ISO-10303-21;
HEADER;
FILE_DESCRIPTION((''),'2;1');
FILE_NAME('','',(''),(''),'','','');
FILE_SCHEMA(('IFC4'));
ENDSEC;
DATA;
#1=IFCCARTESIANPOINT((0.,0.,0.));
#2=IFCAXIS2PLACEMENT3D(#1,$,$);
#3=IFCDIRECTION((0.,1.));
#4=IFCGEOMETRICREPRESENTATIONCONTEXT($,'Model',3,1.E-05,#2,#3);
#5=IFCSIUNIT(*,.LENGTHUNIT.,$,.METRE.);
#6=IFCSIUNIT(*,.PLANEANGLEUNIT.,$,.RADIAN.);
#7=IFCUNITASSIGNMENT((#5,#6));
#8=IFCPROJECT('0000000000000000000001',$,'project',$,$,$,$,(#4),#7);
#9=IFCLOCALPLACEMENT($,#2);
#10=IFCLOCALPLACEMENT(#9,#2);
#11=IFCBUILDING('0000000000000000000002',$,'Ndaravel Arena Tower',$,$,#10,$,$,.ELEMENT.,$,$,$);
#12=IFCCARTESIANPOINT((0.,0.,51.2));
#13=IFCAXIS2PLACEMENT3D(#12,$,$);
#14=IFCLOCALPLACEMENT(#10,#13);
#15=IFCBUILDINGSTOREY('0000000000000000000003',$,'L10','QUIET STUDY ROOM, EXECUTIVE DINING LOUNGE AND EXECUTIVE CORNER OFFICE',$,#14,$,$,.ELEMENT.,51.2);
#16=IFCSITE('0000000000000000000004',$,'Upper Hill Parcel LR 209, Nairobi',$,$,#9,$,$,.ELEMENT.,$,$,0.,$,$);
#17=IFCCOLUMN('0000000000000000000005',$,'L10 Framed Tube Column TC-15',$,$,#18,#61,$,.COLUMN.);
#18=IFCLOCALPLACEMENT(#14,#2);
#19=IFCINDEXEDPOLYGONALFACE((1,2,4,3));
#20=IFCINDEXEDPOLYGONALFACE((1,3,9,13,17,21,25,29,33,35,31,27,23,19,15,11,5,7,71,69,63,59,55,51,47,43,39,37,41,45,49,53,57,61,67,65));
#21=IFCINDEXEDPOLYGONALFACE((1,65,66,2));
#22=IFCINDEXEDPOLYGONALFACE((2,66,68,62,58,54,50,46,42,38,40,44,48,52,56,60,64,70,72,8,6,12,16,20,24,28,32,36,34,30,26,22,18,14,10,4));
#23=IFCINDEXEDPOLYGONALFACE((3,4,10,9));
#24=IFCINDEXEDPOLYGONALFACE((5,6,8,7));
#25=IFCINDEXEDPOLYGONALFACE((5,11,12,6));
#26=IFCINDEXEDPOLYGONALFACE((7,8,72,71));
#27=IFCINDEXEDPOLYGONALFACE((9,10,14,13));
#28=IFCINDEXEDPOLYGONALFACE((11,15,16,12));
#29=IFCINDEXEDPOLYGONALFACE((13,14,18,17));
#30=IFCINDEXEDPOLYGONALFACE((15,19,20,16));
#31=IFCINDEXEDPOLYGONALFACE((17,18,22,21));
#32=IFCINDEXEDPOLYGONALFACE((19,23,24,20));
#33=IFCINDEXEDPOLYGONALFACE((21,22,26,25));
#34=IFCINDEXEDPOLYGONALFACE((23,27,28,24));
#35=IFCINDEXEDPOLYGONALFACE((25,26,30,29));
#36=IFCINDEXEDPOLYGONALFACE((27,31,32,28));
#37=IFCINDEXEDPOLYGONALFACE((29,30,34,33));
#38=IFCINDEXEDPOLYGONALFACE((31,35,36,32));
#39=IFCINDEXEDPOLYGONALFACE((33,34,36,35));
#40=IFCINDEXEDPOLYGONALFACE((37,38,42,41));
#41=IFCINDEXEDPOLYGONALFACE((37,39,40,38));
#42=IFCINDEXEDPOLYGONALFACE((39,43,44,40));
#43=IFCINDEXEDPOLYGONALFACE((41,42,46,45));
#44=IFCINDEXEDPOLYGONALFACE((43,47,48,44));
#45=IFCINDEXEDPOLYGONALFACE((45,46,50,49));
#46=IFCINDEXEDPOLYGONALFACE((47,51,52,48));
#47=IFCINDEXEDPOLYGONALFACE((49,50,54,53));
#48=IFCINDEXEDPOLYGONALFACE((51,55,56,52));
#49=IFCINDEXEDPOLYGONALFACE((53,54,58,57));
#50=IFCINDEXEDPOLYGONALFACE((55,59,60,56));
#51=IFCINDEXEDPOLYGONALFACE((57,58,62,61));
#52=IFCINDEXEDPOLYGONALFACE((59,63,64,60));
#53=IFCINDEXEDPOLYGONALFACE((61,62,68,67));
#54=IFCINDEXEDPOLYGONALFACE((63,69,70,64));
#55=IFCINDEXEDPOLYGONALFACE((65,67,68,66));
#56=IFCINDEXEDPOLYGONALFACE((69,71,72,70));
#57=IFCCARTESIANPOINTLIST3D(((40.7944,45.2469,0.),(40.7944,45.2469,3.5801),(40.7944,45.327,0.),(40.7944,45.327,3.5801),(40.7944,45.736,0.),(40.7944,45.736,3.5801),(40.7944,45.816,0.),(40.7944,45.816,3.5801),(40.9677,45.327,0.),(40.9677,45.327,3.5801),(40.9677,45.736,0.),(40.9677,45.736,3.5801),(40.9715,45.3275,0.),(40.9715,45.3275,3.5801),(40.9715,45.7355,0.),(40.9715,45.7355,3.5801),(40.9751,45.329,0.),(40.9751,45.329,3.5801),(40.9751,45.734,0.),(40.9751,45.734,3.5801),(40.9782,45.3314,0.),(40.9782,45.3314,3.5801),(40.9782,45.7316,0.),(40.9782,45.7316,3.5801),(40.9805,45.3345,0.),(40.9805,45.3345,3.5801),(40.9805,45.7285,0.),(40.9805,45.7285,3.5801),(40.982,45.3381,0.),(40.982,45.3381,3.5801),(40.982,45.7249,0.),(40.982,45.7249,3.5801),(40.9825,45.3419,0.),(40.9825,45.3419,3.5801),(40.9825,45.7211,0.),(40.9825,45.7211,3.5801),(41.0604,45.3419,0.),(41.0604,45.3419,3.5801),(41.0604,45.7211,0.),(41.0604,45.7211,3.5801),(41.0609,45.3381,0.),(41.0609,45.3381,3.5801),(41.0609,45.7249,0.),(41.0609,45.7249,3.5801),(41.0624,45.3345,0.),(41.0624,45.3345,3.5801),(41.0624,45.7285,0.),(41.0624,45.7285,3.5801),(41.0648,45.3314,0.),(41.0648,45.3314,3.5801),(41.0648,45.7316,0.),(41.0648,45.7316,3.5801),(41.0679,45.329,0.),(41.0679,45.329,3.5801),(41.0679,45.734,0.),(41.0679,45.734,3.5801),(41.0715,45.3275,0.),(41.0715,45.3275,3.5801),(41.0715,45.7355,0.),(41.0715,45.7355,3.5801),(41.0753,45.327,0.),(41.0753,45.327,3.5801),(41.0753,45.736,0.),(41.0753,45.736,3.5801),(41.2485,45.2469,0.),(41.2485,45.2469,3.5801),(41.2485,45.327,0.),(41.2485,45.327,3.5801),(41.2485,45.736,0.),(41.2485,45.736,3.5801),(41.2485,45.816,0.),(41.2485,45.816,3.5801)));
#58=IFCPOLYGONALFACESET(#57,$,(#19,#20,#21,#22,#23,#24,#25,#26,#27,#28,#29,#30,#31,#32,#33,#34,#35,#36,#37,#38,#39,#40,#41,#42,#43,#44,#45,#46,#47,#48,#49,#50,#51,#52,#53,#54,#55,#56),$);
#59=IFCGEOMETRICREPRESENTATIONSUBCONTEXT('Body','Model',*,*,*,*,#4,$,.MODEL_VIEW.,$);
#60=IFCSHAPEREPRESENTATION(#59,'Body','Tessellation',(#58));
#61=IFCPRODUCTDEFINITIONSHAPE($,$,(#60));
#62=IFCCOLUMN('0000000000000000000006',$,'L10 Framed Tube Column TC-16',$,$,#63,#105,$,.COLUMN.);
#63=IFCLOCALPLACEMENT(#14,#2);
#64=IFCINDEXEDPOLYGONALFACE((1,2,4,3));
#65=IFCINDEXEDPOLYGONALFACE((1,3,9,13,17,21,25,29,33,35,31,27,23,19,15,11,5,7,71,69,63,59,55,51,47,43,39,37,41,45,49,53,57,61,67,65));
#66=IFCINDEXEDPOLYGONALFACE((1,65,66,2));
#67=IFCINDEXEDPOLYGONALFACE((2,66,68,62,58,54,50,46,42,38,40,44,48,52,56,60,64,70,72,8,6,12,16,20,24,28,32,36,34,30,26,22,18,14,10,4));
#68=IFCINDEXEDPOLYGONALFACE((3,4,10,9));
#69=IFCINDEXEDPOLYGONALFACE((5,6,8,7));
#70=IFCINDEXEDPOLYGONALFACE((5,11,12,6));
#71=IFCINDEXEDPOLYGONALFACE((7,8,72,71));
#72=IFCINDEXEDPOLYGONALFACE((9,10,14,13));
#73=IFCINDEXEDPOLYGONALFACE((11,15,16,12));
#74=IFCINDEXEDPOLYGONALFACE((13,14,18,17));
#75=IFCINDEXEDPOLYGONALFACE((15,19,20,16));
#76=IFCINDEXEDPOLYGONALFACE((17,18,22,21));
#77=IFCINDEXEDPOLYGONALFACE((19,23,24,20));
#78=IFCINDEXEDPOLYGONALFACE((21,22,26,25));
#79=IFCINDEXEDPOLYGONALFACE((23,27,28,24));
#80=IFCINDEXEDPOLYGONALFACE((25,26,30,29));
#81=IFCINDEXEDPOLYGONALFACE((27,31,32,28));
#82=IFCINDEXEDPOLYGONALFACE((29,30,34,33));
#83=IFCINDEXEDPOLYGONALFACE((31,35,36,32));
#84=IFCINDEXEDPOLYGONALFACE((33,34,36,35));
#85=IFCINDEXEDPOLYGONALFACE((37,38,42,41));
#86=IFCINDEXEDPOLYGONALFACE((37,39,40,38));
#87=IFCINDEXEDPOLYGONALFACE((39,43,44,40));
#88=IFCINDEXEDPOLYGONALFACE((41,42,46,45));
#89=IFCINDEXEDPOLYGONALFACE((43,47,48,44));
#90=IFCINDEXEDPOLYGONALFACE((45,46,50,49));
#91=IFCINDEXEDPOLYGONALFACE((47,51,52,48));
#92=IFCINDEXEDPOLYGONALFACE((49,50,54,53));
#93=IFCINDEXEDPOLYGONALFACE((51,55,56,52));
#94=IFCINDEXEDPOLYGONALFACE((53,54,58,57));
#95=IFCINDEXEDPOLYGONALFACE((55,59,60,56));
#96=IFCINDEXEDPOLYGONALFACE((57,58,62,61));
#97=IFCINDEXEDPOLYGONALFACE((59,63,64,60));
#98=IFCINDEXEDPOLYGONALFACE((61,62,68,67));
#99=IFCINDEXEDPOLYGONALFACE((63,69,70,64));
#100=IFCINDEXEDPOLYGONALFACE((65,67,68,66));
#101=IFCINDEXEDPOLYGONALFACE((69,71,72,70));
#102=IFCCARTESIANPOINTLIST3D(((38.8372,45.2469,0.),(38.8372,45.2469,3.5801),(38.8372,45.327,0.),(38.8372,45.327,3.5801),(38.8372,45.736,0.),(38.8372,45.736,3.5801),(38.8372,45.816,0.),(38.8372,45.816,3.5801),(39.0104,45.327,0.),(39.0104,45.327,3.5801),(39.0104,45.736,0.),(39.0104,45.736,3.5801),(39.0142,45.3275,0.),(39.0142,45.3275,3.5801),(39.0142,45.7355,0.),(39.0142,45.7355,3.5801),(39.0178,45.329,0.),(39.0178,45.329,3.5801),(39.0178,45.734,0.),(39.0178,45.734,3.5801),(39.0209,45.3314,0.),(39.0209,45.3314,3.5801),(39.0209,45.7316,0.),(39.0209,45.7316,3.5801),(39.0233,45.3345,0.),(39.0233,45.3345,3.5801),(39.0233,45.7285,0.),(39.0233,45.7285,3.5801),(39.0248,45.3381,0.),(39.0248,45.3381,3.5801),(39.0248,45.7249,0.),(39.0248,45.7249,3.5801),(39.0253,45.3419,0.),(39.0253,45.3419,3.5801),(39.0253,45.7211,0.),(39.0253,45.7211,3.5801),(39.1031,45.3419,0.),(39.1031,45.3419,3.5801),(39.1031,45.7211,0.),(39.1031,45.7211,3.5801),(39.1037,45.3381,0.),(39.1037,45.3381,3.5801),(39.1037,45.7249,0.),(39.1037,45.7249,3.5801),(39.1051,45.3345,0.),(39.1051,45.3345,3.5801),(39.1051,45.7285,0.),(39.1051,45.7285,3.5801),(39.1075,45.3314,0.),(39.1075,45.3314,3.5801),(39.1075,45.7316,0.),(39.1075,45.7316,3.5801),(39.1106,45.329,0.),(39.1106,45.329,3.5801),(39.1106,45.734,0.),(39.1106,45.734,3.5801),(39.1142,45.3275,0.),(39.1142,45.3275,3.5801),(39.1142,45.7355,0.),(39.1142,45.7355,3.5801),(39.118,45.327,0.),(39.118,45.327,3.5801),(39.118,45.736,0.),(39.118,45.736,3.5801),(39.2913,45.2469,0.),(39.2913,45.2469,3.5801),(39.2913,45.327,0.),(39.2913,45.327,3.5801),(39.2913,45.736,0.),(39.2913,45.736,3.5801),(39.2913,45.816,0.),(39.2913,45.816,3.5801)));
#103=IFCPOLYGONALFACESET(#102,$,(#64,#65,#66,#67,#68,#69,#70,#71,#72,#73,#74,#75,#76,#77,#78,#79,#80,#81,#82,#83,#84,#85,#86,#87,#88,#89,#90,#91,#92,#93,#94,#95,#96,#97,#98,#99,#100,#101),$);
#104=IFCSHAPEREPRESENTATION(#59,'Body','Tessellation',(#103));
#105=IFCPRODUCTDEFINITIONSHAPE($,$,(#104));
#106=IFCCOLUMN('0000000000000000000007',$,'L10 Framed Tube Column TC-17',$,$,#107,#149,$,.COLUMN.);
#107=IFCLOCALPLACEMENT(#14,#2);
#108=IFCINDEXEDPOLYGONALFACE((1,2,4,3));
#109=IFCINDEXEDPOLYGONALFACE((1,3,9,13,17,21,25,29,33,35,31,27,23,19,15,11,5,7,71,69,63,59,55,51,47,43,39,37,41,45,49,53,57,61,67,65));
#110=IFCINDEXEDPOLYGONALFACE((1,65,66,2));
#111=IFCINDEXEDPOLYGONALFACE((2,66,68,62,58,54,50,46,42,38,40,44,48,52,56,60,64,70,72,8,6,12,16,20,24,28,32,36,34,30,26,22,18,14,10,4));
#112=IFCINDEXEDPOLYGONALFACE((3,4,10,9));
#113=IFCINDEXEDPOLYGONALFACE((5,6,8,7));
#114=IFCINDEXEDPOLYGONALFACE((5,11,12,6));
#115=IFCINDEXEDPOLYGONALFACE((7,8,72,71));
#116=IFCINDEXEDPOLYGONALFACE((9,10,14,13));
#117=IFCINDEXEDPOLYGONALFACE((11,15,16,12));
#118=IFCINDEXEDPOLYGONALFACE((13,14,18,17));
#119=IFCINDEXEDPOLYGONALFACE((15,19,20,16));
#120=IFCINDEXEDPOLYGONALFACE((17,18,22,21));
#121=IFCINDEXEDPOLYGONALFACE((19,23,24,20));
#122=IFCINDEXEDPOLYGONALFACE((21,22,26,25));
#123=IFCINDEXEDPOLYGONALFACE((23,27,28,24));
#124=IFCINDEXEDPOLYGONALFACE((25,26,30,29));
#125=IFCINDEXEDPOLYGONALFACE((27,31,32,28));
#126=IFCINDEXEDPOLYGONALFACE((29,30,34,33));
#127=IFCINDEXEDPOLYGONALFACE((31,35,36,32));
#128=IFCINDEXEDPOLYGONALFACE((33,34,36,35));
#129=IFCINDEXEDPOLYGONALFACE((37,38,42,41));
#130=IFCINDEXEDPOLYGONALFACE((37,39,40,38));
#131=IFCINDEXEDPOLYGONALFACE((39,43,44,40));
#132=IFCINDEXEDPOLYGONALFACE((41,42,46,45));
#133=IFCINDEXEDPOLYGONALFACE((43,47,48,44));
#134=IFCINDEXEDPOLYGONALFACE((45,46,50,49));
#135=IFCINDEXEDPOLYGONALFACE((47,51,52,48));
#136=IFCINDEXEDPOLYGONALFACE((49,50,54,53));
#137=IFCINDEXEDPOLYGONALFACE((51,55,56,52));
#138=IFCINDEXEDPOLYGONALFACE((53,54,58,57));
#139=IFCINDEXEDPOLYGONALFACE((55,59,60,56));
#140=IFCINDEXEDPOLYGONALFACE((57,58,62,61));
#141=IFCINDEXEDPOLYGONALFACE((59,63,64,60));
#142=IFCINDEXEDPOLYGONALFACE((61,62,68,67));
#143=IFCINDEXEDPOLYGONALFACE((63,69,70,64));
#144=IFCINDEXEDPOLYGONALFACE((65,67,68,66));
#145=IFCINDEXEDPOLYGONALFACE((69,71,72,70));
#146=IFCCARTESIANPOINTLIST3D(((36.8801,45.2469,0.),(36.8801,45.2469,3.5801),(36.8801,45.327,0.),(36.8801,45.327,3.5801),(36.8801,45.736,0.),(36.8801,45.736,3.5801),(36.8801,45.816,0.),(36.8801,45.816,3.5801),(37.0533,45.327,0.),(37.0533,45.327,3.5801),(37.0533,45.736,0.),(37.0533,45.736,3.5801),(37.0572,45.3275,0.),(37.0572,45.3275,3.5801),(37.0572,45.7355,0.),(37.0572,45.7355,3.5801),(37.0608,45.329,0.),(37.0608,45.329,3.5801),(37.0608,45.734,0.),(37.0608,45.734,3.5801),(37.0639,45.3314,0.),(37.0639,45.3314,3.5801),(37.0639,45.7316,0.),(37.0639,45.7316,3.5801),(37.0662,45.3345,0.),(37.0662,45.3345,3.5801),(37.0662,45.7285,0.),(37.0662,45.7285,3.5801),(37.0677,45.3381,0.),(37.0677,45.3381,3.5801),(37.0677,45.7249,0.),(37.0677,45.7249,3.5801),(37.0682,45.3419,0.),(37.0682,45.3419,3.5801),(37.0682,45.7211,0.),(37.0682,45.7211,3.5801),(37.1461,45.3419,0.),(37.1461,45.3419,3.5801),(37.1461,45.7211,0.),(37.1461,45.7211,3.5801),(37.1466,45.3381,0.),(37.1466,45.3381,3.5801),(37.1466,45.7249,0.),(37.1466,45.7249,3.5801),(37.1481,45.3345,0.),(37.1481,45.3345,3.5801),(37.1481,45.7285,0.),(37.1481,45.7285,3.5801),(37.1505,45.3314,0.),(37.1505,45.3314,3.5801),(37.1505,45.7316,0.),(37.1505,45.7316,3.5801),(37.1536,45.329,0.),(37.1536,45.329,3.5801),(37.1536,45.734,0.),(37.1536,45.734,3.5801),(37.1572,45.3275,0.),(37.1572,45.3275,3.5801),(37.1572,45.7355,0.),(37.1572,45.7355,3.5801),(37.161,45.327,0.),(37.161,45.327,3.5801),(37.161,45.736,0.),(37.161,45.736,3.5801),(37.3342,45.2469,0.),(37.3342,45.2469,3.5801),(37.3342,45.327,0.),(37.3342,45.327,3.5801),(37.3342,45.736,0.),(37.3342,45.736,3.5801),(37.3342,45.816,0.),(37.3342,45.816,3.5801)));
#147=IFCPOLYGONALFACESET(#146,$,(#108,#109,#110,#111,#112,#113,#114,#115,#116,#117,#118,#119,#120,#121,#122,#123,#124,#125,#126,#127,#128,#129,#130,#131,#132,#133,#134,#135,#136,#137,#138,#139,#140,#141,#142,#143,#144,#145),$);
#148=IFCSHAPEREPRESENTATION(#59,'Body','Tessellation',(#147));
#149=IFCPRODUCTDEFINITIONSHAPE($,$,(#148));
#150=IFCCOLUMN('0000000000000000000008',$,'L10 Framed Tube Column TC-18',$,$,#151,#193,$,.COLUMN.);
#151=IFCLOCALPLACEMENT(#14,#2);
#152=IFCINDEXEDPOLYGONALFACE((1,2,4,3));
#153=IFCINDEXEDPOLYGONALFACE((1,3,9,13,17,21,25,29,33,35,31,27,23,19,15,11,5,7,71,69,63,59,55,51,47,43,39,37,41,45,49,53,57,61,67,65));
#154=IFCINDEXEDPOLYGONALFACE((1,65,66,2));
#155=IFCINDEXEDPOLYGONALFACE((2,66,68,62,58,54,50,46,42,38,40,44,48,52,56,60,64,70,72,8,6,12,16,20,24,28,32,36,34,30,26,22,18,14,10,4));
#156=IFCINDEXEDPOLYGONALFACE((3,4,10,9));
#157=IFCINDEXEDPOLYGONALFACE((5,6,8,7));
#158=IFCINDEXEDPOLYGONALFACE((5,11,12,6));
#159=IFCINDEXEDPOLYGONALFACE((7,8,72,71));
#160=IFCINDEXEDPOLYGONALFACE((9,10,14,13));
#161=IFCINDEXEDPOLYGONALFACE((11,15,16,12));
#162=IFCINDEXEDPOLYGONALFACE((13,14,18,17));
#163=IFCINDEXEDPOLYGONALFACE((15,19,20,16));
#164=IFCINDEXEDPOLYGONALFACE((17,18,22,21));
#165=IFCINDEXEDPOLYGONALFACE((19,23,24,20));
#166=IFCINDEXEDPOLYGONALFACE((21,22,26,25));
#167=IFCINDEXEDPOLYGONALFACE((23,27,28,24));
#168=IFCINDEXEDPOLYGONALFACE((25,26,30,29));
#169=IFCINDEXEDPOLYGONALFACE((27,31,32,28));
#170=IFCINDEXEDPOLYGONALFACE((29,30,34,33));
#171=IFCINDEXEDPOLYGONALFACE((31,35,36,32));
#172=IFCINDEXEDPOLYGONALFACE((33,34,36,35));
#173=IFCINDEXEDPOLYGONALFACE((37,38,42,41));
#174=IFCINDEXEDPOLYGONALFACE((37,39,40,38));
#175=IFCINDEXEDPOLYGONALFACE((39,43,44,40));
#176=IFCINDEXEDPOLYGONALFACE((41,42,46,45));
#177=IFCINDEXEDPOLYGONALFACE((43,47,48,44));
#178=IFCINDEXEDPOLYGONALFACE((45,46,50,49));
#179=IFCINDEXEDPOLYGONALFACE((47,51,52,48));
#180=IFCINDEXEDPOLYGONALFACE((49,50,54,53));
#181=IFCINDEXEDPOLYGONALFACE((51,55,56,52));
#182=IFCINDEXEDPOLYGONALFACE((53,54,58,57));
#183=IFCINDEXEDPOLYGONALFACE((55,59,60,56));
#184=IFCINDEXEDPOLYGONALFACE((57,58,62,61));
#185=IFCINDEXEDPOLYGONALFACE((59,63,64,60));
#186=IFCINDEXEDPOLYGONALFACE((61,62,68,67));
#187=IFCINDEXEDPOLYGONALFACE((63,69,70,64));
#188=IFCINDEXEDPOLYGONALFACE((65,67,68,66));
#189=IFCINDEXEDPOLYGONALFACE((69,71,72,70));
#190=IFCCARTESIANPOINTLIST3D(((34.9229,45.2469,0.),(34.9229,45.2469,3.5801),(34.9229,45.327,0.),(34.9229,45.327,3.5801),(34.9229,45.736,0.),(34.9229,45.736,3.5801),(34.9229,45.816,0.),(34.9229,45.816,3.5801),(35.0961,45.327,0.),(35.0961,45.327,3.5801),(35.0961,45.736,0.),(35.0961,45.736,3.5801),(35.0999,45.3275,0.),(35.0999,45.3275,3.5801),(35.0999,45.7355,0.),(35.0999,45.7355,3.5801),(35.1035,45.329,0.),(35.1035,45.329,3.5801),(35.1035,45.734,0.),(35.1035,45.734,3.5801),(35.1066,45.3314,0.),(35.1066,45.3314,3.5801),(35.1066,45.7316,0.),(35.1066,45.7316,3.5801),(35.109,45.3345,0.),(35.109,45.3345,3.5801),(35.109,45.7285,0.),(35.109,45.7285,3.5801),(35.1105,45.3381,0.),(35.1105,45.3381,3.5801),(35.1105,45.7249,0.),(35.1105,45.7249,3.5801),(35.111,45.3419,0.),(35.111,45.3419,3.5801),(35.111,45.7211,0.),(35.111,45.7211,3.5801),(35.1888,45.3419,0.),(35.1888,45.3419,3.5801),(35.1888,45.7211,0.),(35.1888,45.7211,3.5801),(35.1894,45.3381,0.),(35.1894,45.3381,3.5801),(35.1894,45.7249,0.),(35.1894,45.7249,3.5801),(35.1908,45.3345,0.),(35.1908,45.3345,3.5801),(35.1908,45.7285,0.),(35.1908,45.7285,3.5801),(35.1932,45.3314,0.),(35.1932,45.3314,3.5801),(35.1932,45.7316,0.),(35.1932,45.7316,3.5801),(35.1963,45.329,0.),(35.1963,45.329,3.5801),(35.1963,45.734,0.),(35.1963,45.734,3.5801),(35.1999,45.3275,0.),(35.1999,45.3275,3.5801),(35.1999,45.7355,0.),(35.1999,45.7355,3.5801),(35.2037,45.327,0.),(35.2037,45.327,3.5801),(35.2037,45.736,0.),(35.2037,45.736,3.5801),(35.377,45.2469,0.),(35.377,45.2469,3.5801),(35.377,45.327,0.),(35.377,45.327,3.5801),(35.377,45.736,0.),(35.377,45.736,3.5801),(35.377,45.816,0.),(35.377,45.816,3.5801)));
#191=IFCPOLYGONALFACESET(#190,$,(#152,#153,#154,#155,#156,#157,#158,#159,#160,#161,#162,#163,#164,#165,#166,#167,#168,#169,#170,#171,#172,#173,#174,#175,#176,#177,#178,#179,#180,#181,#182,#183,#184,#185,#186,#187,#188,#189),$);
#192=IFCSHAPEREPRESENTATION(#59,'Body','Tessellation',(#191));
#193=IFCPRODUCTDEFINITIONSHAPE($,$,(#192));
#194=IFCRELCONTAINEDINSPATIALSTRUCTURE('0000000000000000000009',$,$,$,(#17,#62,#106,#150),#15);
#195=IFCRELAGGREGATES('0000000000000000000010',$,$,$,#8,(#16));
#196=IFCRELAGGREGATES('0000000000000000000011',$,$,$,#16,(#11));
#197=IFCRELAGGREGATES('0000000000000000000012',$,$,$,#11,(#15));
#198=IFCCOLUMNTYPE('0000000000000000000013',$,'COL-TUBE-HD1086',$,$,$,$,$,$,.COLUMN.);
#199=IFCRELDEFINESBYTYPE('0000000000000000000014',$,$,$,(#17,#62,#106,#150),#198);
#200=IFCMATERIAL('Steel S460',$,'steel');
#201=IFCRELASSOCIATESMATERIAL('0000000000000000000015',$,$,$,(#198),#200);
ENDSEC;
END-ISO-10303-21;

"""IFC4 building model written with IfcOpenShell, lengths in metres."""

from ifc_helpers import new_model, si_unit, direction, frame, origin, origin_2d, place, context, subcontext, project, spatial, i_section, extrude, material, material_profile, profile_set, type_object, element, save


model = new_model("IFC4")

# Units and contexts
model_context = context("Model", 3, precision=1e-05, world=origin(), true_north=direction((0.0, 1.0)))
body_context = subcontext(model_context, "Body", "Model", "MODEL_VIEW")
ifc_project = project(units=[si_unit("LENGTHUNIT", "METRE"), si_unit("PLANEANGLEUNIT", "RADIAN")], contexts=[model_context])

# Site, building, storey
site_placement = place(None, origin())
site = spatial("IfcSite", under=ifc_project, at=site_placement, Name="Upper Hill Parcel LR 209, Nairobi", CompositionType="ELEMENT", RefElevation=0.0)
building_placement = place(site_placement, origin())
building = spatial("IfcBuilding", under=site, at=building_placement, Name="Ndaravel Arena Tower", CompositionType="ELEMENT")
storey_placement = place(building_placement, frame((0.0, 0.0, 51.2)))
storey = spatial("IfcBuildingStorey", under=building, at=storey_placement, Name="L10", Description="QUIET STUDY ROOM, EXECUTIVE DINING LOUNGE AND EXECUTIVE CORNER OFFICE", CompositionType="ELEMENT", Elevation=51.2)

# Columns
ifc_material_1 = material(Name="Steel S460", Category="steel")
ifc_material_profile_1 = material_profile(ifc_material_1, i_section(OverallWidth=0.4541, OverallDepth=0.5691, WebThickness=0.0779, FlangeThickness=0.0801, FilletRadius=0.0149, at=origin_2d()), Name="HD 400x1086")
ifc_profile_set_1 = profile_set([ifc_material_profile_1], Name="Steel S460")
column_type = type_object("IfcColumnType", Name="COL-TUBE-HD1086", PredefinedType="COLUMN", material=ifc_profile_set_1)
for number, where, z_axis, x_axis, name in (
    (1, (41.0215, 45.5315, 0.0), (0.0, 0.0, 1.0), (1.0, 0.0, 0.0), "L10 Framed Tube Column TC-15"),
    (2, (39.0642, 45.5315, 0.0), (0.0, 0.0, 1.0), (1.0, 0.0, 0.0), "L10 Framed Tube Column TC-16"),
    (3, (37.1072, 45.5315, 0.0), (0.0, 0.0, 1.0), (1.0, 0.0, 0.0), "L10 Framed Tube Column TC-17"),
    (4, (35.1499, 45.5315, 0.0), (0.0, 0.0, 1.0), (1.0, 0.0, 0.0), "L10 Framed Tube Column TC-18"),
):
    element("IfcColumn", number, at=place(storey_placement, frame(where, z_axis=z_axis, x_axis=x_axis)), inside=storey, type_object=column_type, Name=name, PredefinedType="COLUMN", context=body_context, shape_type="SweptSolid", body=[
        extrude(i_section(OverallWidth=0.4541, OverallDepth=0.5691, WebThickness=0.0779, FlangeThickness=0.0801, FilletRadius=0.0149, at=origin_2d()), origin(), (0.0, 0.0, 1.0), 3.5801),
    ])

save(model, "model.ifc")
